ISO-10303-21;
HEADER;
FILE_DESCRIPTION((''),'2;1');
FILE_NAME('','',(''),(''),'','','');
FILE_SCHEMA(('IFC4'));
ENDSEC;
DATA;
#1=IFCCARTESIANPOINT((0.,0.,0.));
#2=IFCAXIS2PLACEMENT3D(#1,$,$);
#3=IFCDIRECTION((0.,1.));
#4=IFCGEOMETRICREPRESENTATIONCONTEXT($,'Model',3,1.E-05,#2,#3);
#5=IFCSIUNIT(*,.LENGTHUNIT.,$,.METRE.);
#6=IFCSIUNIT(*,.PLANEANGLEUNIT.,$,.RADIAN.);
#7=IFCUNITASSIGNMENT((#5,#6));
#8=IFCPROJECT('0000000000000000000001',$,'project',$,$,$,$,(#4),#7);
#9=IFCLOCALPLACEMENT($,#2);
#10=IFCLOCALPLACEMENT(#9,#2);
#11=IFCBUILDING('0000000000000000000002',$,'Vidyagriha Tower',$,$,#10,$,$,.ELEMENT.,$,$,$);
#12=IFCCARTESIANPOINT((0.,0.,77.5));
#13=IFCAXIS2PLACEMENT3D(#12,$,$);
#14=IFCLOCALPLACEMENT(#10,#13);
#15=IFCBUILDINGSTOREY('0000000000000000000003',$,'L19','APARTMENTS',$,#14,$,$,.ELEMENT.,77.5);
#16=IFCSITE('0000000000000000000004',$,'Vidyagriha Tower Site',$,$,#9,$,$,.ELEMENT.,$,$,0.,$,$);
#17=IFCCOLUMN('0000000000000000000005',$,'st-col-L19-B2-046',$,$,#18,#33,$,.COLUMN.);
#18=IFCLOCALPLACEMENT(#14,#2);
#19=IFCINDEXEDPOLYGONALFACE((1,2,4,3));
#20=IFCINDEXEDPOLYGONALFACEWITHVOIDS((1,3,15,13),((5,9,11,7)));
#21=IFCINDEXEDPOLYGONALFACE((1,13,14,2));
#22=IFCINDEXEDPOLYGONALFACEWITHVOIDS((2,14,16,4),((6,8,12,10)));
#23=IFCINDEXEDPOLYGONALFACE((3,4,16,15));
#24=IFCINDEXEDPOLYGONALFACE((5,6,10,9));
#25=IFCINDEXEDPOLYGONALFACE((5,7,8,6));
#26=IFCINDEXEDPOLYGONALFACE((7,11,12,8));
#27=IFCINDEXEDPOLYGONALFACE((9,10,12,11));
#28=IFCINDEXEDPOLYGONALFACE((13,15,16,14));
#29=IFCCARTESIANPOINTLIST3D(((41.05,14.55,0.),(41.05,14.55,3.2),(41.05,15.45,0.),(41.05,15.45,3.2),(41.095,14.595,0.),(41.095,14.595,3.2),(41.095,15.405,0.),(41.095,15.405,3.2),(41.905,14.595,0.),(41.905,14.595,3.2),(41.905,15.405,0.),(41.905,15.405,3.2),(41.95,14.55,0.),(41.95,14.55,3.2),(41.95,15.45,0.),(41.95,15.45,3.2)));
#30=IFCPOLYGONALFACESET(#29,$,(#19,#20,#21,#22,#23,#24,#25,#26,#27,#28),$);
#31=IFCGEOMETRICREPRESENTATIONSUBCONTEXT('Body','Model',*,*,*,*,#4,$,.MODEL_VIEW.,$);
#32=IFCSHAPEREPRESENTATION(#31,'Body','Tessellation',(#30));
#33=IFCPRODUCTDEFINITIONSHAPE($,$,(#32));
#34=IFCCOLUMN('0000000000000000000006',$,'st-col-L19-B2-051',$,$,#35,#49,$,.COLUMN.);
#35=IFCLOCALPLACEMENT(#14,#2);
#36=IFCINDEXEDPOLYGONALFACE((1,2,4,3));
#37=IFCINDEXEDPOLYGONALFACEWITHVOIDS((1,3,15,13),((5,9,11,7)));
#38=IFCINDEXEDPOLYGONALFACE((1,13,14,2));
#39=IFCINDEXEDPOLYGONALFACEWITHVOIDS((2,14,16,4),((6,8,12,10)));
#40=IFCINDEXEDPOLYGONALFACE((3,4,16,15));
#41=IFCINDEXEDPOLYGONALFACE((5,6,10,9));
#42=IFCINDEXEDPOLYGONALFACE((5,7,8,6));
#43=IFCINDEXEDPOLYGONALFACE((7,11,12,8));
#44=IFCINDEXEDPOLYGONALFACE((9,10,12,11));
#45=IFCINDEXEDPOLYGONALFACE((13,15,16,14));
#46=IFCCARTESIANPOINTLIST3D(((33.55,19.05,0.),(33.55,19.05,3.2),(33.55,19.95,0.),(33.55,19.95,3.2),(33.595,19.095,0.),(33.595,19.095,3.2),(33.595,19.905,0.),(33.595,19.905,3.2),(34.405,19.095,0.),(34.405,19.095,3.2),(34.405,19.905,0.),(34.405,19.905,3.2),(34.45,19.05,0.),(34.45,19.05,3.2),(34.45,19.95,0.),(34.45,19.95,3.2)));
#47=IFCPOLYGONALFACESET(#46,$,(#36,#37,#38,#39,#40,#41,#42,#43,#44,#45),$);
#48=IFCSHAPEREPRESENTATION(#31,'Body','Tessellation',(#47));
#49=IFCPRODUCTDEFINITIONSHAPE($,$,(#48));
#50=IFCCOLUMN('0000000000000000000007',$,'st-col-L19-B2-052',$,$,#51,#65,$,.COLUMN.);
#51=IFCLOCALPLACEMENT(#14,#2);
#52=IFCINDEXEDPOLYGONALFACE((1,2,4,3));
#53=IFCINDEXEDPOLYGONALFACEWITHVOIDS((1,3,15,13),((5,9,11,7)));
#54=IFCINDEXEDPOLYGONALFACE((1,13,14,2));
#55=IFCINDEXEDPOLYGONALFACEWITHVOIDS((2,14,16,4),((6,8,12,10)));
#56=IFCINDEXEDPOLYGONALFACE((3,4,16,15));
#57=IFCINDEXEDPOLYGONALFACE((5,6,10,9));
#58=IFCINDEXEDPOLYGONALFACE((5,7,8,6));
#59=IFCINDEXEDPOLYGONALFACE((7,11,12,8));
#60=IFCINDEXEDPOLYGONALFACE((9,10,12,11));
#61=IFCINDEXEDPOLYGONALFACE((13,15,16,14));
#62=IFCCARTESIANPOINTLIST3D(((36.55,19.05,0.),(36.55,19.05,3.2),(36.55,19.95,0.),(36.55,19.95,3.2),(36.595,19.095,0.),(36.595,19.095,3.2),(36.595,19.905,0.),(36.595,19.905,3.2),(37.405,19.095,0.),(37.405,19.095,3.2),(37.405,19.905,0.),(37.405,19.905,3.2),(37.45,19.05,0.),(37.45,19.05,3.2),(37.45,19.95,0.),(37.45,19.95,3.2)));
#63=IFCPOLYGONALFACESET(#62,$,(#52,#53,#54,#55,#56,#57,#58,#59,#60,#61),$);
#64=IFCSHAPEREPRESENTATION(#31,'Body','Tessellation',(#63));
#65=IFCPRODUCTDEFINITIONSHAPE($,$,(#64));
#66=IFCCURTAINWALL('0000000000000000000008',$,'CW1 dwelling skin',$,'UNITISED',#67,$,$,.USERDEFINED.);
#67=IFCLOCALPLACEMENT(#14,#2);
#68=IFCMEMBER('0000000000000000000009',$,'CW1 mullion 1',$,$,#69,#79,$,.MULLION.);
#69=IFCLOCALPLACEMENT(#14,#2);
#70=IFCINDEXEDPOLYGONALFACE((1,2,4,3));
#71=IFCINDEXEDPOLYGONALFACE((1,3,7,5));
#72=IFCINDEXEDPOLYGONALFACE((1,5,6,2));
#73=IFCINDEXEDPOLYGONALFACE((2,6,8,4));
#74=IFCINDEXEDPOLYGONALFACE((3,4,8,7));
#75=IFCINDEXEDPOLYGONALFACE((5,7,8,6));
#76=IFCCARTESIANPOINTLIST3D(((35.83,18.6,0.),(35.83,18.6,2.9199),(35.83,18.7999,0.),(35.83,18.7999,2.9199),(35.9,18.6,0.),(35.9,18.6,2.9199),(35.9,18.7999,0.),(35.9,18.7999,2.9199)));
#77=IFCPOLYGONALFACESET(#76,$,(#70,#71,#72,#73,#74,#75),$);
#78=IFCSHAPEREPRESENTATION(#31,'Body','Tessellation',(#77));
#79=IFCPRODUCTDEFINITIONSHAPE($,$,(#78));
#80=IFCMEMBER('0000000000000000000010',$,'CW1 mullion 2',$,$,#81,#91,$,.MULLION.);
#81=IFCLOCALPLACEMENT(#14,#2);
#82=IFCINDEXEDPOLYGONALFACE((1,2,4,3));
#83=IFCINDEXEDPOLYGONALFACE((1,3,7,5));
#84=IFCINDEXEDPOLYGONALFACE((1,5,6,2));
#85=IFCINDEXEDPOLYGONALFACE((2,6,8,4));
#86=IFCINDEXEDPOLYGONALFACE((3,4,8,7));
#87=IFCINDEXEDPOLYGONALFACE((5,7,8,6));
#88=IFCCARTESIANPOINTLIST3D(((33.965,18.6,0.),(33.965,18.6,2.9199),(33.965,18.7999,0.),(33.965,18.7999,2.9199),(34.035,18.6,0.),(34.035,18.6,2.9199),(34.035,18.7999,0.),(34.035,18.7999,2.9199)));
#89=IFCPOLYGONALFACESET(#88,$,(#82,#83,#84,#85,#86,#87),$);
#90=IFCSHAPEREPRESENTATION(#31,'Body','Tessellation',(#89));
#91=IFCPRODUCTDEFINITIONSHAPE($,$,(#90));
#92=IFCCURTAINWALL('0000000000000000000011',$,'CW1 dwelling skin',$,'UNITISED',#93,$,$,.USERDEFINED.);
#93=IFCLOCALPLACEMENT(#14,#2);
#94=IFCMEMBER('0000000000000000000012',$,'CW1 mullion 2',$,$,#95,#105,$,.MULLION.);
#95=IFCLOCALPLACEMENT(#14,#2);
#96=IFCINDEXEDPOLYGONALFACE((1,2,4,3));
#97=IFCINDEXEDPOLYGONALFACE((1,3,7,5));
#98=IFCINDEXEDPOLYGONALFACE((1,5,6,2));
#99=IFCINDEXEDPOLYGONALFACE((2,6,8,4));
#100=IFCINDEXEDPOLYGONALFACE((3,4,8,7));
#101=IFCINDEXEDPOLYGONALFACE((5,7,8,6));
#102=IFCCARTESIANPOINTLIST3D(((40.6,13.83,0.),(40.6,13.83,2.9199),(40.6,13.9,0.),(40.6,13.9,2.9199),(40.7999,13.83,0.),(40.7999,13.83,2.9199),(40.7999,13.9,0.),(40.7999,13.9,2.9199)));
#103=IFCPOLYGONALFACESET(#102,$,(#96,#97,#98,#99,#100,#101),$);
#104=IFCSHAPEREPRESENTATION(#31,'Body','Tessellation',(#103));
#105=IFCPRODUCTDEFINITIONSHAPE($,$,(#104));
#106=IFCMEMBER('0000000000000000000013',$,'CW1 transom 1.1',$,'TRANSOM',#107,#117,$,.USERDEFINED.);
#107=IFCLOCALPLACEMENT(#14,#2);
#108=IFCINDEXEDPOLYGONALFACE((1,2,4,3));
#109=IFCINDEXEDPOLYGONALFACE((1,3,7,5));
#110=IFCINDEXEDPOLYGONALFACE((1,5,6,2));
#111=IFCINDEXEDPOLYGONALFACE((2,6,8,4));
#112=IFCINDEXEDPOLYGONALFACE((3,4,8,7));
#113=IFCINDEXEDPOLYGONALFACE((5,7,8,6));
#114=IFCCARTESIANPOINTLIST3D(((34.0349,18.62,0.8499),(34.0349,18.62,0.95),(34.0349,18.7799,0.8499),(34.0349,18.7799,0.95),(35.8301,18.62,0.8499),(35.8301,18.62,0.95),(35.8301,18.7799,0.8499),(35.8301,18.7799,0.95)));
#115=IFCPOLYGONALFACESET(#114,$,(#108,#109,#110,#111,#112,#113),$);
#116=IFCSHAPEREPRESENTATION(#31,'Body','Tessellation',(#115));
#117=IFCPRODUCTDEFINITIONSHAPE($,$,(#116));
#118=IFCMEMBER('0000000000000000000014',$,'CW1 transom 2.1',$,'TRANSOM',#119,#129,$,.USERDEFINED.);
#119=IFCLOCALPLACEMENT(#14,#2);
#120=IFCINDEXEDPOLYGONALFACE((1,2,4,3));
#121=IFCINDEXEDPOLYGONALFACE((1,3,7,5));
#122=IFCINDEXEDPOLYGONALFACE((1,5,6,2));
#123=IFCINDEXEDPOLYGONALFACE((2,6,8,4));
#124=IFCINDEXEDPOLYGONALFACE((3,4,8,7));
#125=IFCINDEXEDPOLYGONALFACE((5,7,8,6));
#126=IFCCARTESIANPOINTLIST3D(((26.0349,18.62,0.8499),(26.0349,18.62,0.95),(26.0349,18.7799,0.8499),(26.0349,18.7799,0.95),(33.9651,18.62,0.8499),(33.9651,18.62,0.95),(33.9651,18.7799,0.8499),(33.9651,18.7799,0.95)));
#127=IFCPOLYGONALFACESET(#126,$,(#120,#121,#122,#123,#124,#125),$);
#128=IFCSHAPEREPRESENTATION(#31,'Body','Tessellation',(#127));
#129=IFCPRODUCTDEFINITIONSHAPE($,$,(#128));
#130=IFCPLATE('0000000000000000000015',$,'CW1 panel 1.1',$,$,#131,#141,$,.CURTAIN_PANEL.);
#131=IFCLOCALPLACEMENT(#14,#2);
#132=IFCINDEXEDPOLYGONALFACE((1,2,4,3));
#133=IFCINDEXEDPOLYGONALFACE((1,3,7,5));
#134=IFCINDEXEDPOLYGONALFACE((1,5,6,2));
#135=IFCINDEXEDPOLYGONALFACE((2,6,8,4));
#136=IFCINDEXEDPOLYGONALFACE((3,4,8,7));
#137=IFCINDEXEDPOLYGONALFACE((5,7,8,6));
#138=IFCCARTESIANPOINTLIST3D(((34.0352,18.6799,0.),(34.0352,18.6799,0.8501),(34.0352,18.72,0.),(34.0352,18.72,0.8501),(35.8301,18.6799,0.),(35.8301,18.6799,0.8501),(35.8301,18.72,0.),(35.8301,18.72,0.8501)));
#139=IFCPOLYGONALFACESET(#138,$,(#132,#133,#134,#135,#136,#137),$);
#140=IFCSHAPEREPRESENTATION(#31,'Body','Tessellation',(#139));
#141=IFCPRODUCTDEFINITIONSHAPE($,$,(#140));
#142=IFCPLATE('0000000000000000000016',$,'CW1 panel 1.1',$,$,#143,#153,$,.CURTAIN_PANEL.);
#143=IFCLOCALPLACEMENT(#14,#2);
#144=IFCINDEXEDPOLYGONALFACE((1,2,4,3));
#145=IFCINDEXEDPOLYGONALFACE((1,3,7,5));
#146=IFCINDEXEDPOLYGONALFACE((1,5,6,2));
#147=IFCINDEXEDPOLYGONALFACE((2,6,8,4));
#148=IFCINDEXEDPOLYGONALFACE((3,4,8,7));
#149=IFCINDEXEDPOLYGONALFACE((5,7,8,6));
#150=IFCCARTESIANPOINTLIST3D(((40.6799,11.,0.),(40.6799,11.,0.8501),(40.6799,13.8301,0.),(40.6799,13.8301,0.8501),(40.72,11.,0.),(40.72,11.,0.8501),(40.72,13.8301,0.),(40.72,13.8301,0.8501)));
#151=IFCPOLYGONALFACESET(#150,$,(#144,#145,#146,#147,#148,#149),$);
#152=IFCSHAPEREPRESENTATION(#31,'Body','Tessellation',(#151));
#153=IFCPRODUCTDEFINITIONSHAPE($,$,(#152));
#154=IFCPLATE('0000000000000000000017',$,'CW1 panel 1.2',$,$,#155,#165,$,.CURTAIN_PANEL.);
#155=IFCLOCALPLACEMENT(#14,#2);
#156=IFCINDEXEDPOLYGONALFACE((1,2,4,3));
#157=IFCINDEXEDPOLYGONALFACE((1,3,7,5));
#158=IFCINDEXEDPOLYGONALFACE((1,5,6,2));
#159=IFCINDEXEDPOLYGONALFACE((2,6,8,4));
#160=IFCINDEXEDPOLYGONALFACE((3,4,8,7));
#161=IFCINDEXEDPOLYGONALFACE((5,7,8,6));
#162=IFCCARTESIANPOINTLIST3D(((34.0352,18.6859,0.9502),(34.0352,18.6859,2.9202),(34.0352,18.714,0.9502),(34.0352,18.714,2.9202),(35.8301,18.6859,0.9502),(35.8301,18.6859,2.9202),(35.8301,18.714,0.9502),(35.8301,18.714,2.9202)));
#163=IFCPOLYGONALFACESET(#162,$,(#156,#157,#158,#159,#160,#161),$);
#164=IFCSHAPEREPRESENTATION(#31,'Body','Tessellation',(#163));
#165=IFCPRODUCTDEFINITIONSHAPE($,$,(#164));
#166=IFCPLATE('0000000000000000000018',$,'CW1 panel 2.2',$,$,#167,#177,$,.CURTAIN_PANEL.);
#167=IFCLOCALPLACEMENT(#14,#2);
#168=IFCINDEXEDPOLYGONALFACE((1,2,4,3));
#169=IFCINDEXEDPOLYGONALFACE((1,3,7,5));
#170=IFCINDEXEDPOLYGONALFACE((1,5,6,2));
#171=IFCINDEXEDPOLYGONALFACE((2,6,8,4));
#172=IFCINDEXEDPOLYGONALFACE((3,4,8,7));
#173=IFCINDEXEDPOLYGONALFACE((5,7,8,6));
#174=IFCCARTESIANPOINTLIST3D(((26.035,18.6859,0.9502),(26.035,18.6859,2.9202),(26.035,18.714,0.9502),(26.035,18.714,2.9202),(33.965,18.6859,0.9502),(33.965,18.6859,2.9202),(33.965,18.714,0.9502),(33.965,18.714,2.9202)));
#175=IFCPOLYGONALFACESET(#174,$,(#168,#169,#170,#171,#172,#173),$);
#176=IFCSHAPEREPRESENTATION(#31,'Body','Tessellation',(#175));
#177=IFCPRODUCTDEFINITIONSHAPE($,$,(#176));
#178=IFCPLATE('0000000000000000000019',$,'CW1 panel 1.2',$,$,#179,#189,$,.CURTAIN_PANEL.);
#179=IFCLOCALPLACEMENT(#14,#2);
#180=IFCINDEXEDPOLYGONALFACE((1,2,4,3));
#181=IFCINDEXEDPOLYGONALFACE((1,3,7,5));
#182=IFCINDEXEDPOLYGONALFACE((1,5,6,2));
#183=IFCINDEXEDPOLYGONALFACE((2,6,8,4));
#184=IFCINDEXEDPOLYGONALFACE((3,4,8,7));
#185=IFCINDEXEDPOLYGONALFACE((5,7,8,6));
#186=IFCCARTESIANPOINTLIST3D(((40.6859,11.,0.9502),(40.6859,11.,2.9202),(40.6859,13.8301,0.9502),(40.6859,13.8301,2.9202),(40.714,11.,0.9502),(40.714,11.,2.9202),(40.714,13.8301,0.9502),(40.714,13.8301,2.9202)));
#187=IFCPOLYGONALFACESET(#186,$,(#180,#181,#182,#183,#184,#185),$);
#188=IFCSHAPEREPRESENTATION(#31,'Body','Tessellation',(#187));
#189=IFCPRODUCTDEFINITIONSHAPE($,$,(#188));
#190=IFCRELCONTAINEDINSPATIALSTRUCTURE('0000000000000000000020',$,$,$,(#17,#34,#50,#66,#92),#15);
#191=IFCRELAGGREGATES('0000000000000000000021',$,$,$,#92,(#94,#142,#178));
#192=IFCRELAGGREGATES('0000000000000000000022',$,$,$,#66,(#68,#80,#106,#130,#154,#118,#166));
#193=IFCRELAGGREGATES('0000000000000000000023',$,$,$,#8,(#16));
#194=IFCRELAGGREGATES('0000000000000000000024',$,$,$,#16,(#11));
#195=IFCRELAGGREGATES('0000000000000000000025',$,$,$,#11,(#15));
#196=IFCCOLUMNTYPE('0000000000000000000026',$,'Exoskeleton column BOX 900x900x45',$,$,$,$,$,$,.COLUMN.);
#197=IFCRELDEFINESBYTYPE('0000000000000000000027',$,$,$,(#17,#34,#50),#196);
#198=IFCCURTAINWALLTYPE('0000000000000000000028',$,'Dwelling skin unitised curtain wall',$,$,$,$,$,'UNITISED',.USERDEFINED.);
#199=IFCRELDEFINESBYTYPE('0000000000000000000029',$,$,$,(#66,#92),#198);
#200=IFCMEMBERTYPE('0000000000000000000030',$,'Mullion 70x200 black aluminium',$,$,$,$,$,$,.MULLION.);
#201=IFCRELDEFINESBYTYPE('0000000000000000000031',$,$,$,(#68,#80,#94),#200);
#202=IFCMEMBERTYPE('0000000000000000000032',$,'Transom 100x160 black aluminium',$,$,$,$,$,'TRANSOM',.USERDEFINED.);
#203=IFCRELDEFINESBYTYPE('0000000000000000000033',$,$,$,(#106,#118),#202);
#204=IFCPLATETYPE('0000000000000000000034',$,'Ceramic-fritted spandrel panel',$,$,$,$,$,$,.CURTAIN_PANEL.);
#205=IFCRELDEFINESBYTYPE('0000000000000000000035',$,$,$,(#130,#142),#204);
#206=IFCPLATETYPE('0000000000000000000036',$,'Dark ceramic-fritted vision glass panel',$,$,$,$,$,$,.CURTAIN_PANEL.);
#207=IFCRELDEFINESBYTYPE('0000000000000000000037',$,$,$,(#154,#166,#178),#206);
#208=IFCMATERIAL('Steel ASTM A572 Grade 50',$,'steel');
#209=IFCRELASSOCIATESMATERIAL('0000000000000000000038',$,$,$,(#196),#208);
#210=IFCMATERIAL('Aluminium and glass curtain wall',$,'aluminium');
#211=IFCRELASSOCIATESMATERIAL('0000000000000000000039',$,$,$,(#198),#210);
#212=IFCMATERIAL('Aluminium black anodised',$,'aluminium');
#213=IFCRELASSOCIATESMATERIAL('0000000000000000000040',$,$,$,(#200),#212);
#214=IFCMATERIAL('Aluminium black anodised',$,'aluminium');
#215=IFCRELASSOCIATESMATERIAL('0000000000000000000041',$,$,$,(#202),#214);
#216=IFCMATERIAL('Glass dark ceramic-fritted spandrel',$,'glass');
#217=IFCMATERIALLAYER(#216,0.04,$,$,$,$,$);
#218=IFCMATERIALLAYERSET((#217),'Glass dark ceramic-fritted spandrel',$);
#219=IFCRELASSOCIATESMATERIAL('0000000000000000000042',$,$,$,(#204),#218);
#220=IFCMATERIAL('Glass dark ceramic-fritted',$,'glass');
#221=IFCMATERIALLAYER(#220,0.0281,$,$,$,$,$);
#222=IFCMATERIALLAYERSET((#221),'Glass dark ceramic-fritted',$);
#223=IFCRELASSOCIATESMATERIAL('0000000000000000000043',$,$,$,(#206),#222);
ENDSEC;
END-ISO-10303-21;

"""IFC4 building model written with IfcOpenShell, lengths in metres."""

from ifc_helpers import new_model, si_unit, direction, frame, origin, origin_2d, place, context, subcontext, project, spatial, rectangle, hollow_rectangle, extrude, material, layer, layer_set, material_profile, profile_set, type_object, element, aggregate, save


model = new_model("IFC4")

# Units and contexts
model_context = context("Model", 3, precision=1e-05, world=origin(), true_north=direction((0.0, 1.0)))
body_context = subcontext(model_context, "Body", "Model", "MODEL_VIEW")
ifc_project = project(units=[si_unit("LENGTHUNIT", "METRE"), si_unit("PLANEANGLEUNIT", "RADIAN")], contexts=[model_context])

# Site, building, storey
site_placement = place(None, origin())
site = spatial("IfcSite", under=ifc_project, at=site_placement, Name="Vidyagriha Tower Site", CompositionType="ELEMENT", RefElevation=0.0)
building_placement = place(site_placement, origin())
building = spatial("IfcBuilding", under=site, at=building_placement, Name="Vidyagriha Tower", CompositionType="ELEMENT")
storey_placement = place(building_placement, frame((0.0, 0.0, 77.5)))
storey = spatial("IfcBuildingStorey", under=building, at=storey_placement, Name="L19", Description="APARTMENTS", CompositionType="ELEMENT", Elevation=77.5)

# Columns
ifc_material_1 = material(Name="Steel ASTM A572 Grade 50", Category="steel")
ifc_material_profile_1 = material_profile(ifc_material_1, hollow_rectangle(XDim=0.8999, YDim=0.8999, WallThickness=0.0449, at=origin_2d()), Name="BOX 900x900x45")
ifc_profile_set_1 = profile_set([ifc_material_profile_1], Name="Steel ASTM A572 Grade 50")
column_type = type_object("IfcColumnType", Name="Exoskeleton column BOX 900x900x45", PredefinedType="COLUMN", material=ifc_profile_set_1)
for number, where, name in (
    (1, (41.5, 15.0, 0.0), "st-col-L19-B2-046"),
    (2, (34.0, 19.5, 0.0), "st-col-L19-B2-051"),
    (3, (37.0, 19.5, 0.0), "st-col-L19-B2-052"),
):
    element("IfcColumn", number, at=place(storey_placement, frame(where)), inside=storey, type_object=column_type, Name=name, PredefinedType="COLUMN", context=body_context, shape_type="SweptSolid", body=[
        extrude(hollow_rectangle(XDim=0.8999, YDim=0.8999, WallThickness=0.0449, at=origin_2d()), origin(), (0.0, 0.0, 1.0), 3.2),
    ])

# Curtain wall, members
ifc_material_2 = material(Name="Aluminium and glass curtain wall", Category="aluminium")
curtain_wall_type = type_object("IfcCurtainWallType", Name="Dwelling skin unitised curtain wall", ElementType="UNITISED", PredefinedType="USERDEFINED", material=ifc_material_2)
curtain_wall_1_placement = place(storey_placement, origin())
curtain_wall_1 = element("IfcCurtainWall", 4, at=curtain_wall_1_placement, inside=storey, type_object=curtain_wall_type, Name="CW1 dwelling skin", ObjectType="UNITISED", PredefinedType="USERDEFINED")
ifc_material_3 = material(Name="Aluminium black anodised", Category="aluminium")
ifc_material_profile_2 = material_profile(ifc_material_3, rectangle(XDim=0.2, YDim=0.0701, at=origin_2d()), Name="Mullion 70x200 black aluminium")
ifc_profile_set_2 = profile_set([ifc_material_profile_2], Name="Aluminium black anodised")
member_type_1 = type_object("IfcMemberType", Name="Mullion 70x200 black aluminium", PredefinedType="MULLION", material=ifc_profile_set_2)
member_1_placement = place(storey_placement, frame((35.865, 18.7, 0.0), z_axis=(0.0, 0.0, 1.0), x_axis=(0.0, -1.0, 0.0)))
member_1 = element("IfcMember", 5, at=member_1_placement, type_object=member_type_1, Name="CW1 mullion 1", PredefinedType="MULLION", context=body_context, shape_type="SweptSolid", body=[
    extrude(rectangle(XDim=0.2, YDim=0.0701, at=origin_2d()), origin(), (0.0, 0.0, 1.0), 2.9199),
])
member_2_placement = place(storey_placement, frame((34.0, 18.7, 0.0), z_axis=(0.0, 0.0, 1.0), x_axis=(0.0, -1.0, 0.0)))
member_2 = element("IfcMember", 6, at=member_2_placement, type_object=member_type_1, Name="CW1 mullion 2", PredefinedType="MULLION", context=body_context, shape_type="SweptSolid", body=[
    extrude(rectangle(XDim=0.2, YDim=0.0701, at=origin_2d()), origin(), (0.0, 0.0, 1.0), 2.9199),
])

# Curtain wall, member
curtain_wall_2_placement = place(storey_placement, origin())
curtain_wall_2 = element("IfcCurtainWall", 7, at=curtain_wall_2_placement, inside=storey, type_object=curtain_wall_type, Name="CW1 dwelling skin", ObjectType="UNITISED", PredefinedType="USERDEFINED")
member_3_placement = place(storey_placement, frame((40.7, 13.865, 0.0), z_axis=(0.0, 0.0, 1.0), x_axis=(-1.0, 0.0, 0.0)))
member_3 = element("IfcMember", 8, at=member_3_placement, type_object=member_type_1, Name="CW1 mullion 2", PredefinedType="MULLION", context=body_context, shape_type="SweptSolid", body=[
    extrude(rectangle(XDim=0.2, YDim=0.0701, at=origin_2d()), origin(), (0.0, 0.0, 1.0), 2.9199),
])

# Members
ifc_material_4 = material(Name="Aluminium black anodised", Category="aluminium")
ifc_material_profile_3 = material_profile(ifc_material_4, rectangle(XDim=0.1599, YDim=0.1001, at=origin_2d()), Name="Transom 100x160 black aluminium")
ifc_profile_set_3 = profile_set([ifc_material_profile_3], Name="Aluminium black anodised")
member_type_2 = type_object("IfcMemberType", Name="Transom 100x160 black aluminium", ElementType="TRANSOM", PredefinedType="USERDEFINED", material=ifc_profile_set_3)
member_4_placement = place(storey_placement, frame((35.8301, 18.7, 0.8999), z_axis=(-1.0, 0.0, 0.0), x_axis=(0.0, -1.0, 0.0)))
member_4 = element("IfcMember", 9, at=member_4_placement, type_object=member_type_2, Name="CW1 transom 1.1", ObjectType="TRANSOM", PredefinedType="USERDEFINED", context=body_context, shape_type="SweptSolid", body=[
    extrude(rectangle(XDim=0.1599, YDim=0.1001, at=origin_2d()), origin(), (0.0, 0.0, 1.0), 1.7952),
])
member_5_placement = place(storey_placement, frame((33.9651, 18.7, 0.8999), z_axis=(-1.0, 0.0, 0.0), x_axis=(0.0, -1.0, 0.0)))
member_5 = element("IfcMember", 10, at=member_5_placement, type_object=member_type_2, Name="CW1 transom 2.1", ObjectType="TRANSOM", PredefinedType="USERDEFINED", context=body_context, shape_type="SweptSolid", body=[
    extrude(rectangle(XDim=0.1599, YDim=0.1001, at=origin_2d()), origin(), (0.0, 0.0, 1.0), 7.9302),
])

# Plates
ifc_material_5 = material(Name="Glass dark ceramic-fritted spandrel", Category="glass")
ifc_layer_1 = layer(ifc_material_5, 0.04)
ifc_layer_set_1 = layer_set([ifc_layer_1], Name="Glass dark ceramic-fritted spandrel")
plate_type_1 = type_object("IfcPlateType", Name="Ceramic-fritted spandrel panel", PredefinedType="CURTAIN_PANEL", material=ifc_layer_set_1)
plate_1_placement = place(storey_placement, frame((34.9326, 18.7, 0.0), z_axis=(0.0, 0.0, 1.0), x_axis=(-1.0, 0.0, 0.0)))
plate_1 = element("IfcPlate", 11, at=plate_1_placement, type_object=plate_type_1, Name="CW1 panel 1.1", PredefinedType="CURTAIN_PANEL", context=body_context, shape_type="SweptSolid", body=[
    extrude(rectangle(XDim=1.7949, YDim=0.04, at=origin_2d()), origin(), (0.0, 0.0, 1.0), 0.8501),
])
plate_2_placement = place(storey_placement, frame((40.7, 12.415, 0.0), z_axis=(0.0, 0.0, 1.0), x_axis=(0.0, 1.0, 0.0)))
plate_2 = element("IfcPlate", 12, at=plate_2_placement, type_object=plate_type_1, Name="CW1 panel 1.1", PredefinedType="CURTAIN_PANEL", context=body_context, shape_type="SweptSolid", body=[
    extrude(rectangle(XDim=2.8301, YDim=0.04, at=origin_2d()), origin(), (0.0, 0.0, 1.0), 0.8501),
])
ifc_material_6 = material(Name="Glass dark ceramic-fritted", Category="glass")
ifc_layer_2 = layer(ifc_material_6, 0.0281)
ifc_layer_set_2 = layer_set([ifc_layer_2], Name="Glass dark ceramic-fritted")
plate_type_2 = type_object("IfcPlateType", Name="Dark ceramic-fritted vision glass panel", PredefinedType="CURTAIN_PANEL", material=ifc_layer_set_2)
plate_3_placement = place(storey_placement, frame((34.9326, 18.7, 0.9502), z_axis=(0.0, 0.0, 1.0), x_axis=(-1.0, 0.0, 0.0)))
plate_3 = element("IfcPlate", 13, at=plate_3_placement, type_object=plate_type_2, Name="CW1 panel 1.2", PredefinedType="CURTAIN_PANEL", context=body_context, shape_type="SweptSolid", body=[
    extrude(rectangle(XDim=1.7949, YDim=0.0281, at=origin_2d()), origin(), (0.0, 0.0, 1.0), 1.97),
])
plate_4_placement = place(storey_placement, frame((30.0, 18.7, 0.9502), z_axis=(0.0, 0.0, 1.0), x_axis=(-1.0, 0.0, 0.0)))
plate_4 = element("IfcPlate", 14, at=plate_4_placement, type_object=plate_type_2, Name="CW1 panel 2.2", PredefinedType="CURTAIN_PANEL", context=body_context, shape_type="SweptSolid", body=[
    extrude(rectangle(XDim=7.9299, YDim=0.0281, at=origin_2d()), origin(), (0.0, 0.0, 1.0), 1.97),
])
plate_5_placement = place(storey_placement, frame((40.7, 12.415, 0.9502), z_axis=(0.0, 0.0, 1.0), x_axis=(0.0, 1.0, 0.0)))
plate_5 = element("IfcPlate", 15, at=plate_5_placement, type_object=plate_type_2, Name="CW1 panel 1.2", PredefinedType="CURTAIN_PANEL", context=body_context, shape_type="SweptSolid", body=[
    extrude(rectangle(XDim=2.8301, YDim=0.0281, at=origin_2d()), origin(), (0.0, 0.0, 1.0), 1.97),
])
aggregate(curtain_wall_2, [member_3, plate_2, plate_5])
aggregate(curtain_wall_1, [member_1, member_2, member_4, plate_1, plate_3, member_5, plate_4])

save(model, "model.ifc")
